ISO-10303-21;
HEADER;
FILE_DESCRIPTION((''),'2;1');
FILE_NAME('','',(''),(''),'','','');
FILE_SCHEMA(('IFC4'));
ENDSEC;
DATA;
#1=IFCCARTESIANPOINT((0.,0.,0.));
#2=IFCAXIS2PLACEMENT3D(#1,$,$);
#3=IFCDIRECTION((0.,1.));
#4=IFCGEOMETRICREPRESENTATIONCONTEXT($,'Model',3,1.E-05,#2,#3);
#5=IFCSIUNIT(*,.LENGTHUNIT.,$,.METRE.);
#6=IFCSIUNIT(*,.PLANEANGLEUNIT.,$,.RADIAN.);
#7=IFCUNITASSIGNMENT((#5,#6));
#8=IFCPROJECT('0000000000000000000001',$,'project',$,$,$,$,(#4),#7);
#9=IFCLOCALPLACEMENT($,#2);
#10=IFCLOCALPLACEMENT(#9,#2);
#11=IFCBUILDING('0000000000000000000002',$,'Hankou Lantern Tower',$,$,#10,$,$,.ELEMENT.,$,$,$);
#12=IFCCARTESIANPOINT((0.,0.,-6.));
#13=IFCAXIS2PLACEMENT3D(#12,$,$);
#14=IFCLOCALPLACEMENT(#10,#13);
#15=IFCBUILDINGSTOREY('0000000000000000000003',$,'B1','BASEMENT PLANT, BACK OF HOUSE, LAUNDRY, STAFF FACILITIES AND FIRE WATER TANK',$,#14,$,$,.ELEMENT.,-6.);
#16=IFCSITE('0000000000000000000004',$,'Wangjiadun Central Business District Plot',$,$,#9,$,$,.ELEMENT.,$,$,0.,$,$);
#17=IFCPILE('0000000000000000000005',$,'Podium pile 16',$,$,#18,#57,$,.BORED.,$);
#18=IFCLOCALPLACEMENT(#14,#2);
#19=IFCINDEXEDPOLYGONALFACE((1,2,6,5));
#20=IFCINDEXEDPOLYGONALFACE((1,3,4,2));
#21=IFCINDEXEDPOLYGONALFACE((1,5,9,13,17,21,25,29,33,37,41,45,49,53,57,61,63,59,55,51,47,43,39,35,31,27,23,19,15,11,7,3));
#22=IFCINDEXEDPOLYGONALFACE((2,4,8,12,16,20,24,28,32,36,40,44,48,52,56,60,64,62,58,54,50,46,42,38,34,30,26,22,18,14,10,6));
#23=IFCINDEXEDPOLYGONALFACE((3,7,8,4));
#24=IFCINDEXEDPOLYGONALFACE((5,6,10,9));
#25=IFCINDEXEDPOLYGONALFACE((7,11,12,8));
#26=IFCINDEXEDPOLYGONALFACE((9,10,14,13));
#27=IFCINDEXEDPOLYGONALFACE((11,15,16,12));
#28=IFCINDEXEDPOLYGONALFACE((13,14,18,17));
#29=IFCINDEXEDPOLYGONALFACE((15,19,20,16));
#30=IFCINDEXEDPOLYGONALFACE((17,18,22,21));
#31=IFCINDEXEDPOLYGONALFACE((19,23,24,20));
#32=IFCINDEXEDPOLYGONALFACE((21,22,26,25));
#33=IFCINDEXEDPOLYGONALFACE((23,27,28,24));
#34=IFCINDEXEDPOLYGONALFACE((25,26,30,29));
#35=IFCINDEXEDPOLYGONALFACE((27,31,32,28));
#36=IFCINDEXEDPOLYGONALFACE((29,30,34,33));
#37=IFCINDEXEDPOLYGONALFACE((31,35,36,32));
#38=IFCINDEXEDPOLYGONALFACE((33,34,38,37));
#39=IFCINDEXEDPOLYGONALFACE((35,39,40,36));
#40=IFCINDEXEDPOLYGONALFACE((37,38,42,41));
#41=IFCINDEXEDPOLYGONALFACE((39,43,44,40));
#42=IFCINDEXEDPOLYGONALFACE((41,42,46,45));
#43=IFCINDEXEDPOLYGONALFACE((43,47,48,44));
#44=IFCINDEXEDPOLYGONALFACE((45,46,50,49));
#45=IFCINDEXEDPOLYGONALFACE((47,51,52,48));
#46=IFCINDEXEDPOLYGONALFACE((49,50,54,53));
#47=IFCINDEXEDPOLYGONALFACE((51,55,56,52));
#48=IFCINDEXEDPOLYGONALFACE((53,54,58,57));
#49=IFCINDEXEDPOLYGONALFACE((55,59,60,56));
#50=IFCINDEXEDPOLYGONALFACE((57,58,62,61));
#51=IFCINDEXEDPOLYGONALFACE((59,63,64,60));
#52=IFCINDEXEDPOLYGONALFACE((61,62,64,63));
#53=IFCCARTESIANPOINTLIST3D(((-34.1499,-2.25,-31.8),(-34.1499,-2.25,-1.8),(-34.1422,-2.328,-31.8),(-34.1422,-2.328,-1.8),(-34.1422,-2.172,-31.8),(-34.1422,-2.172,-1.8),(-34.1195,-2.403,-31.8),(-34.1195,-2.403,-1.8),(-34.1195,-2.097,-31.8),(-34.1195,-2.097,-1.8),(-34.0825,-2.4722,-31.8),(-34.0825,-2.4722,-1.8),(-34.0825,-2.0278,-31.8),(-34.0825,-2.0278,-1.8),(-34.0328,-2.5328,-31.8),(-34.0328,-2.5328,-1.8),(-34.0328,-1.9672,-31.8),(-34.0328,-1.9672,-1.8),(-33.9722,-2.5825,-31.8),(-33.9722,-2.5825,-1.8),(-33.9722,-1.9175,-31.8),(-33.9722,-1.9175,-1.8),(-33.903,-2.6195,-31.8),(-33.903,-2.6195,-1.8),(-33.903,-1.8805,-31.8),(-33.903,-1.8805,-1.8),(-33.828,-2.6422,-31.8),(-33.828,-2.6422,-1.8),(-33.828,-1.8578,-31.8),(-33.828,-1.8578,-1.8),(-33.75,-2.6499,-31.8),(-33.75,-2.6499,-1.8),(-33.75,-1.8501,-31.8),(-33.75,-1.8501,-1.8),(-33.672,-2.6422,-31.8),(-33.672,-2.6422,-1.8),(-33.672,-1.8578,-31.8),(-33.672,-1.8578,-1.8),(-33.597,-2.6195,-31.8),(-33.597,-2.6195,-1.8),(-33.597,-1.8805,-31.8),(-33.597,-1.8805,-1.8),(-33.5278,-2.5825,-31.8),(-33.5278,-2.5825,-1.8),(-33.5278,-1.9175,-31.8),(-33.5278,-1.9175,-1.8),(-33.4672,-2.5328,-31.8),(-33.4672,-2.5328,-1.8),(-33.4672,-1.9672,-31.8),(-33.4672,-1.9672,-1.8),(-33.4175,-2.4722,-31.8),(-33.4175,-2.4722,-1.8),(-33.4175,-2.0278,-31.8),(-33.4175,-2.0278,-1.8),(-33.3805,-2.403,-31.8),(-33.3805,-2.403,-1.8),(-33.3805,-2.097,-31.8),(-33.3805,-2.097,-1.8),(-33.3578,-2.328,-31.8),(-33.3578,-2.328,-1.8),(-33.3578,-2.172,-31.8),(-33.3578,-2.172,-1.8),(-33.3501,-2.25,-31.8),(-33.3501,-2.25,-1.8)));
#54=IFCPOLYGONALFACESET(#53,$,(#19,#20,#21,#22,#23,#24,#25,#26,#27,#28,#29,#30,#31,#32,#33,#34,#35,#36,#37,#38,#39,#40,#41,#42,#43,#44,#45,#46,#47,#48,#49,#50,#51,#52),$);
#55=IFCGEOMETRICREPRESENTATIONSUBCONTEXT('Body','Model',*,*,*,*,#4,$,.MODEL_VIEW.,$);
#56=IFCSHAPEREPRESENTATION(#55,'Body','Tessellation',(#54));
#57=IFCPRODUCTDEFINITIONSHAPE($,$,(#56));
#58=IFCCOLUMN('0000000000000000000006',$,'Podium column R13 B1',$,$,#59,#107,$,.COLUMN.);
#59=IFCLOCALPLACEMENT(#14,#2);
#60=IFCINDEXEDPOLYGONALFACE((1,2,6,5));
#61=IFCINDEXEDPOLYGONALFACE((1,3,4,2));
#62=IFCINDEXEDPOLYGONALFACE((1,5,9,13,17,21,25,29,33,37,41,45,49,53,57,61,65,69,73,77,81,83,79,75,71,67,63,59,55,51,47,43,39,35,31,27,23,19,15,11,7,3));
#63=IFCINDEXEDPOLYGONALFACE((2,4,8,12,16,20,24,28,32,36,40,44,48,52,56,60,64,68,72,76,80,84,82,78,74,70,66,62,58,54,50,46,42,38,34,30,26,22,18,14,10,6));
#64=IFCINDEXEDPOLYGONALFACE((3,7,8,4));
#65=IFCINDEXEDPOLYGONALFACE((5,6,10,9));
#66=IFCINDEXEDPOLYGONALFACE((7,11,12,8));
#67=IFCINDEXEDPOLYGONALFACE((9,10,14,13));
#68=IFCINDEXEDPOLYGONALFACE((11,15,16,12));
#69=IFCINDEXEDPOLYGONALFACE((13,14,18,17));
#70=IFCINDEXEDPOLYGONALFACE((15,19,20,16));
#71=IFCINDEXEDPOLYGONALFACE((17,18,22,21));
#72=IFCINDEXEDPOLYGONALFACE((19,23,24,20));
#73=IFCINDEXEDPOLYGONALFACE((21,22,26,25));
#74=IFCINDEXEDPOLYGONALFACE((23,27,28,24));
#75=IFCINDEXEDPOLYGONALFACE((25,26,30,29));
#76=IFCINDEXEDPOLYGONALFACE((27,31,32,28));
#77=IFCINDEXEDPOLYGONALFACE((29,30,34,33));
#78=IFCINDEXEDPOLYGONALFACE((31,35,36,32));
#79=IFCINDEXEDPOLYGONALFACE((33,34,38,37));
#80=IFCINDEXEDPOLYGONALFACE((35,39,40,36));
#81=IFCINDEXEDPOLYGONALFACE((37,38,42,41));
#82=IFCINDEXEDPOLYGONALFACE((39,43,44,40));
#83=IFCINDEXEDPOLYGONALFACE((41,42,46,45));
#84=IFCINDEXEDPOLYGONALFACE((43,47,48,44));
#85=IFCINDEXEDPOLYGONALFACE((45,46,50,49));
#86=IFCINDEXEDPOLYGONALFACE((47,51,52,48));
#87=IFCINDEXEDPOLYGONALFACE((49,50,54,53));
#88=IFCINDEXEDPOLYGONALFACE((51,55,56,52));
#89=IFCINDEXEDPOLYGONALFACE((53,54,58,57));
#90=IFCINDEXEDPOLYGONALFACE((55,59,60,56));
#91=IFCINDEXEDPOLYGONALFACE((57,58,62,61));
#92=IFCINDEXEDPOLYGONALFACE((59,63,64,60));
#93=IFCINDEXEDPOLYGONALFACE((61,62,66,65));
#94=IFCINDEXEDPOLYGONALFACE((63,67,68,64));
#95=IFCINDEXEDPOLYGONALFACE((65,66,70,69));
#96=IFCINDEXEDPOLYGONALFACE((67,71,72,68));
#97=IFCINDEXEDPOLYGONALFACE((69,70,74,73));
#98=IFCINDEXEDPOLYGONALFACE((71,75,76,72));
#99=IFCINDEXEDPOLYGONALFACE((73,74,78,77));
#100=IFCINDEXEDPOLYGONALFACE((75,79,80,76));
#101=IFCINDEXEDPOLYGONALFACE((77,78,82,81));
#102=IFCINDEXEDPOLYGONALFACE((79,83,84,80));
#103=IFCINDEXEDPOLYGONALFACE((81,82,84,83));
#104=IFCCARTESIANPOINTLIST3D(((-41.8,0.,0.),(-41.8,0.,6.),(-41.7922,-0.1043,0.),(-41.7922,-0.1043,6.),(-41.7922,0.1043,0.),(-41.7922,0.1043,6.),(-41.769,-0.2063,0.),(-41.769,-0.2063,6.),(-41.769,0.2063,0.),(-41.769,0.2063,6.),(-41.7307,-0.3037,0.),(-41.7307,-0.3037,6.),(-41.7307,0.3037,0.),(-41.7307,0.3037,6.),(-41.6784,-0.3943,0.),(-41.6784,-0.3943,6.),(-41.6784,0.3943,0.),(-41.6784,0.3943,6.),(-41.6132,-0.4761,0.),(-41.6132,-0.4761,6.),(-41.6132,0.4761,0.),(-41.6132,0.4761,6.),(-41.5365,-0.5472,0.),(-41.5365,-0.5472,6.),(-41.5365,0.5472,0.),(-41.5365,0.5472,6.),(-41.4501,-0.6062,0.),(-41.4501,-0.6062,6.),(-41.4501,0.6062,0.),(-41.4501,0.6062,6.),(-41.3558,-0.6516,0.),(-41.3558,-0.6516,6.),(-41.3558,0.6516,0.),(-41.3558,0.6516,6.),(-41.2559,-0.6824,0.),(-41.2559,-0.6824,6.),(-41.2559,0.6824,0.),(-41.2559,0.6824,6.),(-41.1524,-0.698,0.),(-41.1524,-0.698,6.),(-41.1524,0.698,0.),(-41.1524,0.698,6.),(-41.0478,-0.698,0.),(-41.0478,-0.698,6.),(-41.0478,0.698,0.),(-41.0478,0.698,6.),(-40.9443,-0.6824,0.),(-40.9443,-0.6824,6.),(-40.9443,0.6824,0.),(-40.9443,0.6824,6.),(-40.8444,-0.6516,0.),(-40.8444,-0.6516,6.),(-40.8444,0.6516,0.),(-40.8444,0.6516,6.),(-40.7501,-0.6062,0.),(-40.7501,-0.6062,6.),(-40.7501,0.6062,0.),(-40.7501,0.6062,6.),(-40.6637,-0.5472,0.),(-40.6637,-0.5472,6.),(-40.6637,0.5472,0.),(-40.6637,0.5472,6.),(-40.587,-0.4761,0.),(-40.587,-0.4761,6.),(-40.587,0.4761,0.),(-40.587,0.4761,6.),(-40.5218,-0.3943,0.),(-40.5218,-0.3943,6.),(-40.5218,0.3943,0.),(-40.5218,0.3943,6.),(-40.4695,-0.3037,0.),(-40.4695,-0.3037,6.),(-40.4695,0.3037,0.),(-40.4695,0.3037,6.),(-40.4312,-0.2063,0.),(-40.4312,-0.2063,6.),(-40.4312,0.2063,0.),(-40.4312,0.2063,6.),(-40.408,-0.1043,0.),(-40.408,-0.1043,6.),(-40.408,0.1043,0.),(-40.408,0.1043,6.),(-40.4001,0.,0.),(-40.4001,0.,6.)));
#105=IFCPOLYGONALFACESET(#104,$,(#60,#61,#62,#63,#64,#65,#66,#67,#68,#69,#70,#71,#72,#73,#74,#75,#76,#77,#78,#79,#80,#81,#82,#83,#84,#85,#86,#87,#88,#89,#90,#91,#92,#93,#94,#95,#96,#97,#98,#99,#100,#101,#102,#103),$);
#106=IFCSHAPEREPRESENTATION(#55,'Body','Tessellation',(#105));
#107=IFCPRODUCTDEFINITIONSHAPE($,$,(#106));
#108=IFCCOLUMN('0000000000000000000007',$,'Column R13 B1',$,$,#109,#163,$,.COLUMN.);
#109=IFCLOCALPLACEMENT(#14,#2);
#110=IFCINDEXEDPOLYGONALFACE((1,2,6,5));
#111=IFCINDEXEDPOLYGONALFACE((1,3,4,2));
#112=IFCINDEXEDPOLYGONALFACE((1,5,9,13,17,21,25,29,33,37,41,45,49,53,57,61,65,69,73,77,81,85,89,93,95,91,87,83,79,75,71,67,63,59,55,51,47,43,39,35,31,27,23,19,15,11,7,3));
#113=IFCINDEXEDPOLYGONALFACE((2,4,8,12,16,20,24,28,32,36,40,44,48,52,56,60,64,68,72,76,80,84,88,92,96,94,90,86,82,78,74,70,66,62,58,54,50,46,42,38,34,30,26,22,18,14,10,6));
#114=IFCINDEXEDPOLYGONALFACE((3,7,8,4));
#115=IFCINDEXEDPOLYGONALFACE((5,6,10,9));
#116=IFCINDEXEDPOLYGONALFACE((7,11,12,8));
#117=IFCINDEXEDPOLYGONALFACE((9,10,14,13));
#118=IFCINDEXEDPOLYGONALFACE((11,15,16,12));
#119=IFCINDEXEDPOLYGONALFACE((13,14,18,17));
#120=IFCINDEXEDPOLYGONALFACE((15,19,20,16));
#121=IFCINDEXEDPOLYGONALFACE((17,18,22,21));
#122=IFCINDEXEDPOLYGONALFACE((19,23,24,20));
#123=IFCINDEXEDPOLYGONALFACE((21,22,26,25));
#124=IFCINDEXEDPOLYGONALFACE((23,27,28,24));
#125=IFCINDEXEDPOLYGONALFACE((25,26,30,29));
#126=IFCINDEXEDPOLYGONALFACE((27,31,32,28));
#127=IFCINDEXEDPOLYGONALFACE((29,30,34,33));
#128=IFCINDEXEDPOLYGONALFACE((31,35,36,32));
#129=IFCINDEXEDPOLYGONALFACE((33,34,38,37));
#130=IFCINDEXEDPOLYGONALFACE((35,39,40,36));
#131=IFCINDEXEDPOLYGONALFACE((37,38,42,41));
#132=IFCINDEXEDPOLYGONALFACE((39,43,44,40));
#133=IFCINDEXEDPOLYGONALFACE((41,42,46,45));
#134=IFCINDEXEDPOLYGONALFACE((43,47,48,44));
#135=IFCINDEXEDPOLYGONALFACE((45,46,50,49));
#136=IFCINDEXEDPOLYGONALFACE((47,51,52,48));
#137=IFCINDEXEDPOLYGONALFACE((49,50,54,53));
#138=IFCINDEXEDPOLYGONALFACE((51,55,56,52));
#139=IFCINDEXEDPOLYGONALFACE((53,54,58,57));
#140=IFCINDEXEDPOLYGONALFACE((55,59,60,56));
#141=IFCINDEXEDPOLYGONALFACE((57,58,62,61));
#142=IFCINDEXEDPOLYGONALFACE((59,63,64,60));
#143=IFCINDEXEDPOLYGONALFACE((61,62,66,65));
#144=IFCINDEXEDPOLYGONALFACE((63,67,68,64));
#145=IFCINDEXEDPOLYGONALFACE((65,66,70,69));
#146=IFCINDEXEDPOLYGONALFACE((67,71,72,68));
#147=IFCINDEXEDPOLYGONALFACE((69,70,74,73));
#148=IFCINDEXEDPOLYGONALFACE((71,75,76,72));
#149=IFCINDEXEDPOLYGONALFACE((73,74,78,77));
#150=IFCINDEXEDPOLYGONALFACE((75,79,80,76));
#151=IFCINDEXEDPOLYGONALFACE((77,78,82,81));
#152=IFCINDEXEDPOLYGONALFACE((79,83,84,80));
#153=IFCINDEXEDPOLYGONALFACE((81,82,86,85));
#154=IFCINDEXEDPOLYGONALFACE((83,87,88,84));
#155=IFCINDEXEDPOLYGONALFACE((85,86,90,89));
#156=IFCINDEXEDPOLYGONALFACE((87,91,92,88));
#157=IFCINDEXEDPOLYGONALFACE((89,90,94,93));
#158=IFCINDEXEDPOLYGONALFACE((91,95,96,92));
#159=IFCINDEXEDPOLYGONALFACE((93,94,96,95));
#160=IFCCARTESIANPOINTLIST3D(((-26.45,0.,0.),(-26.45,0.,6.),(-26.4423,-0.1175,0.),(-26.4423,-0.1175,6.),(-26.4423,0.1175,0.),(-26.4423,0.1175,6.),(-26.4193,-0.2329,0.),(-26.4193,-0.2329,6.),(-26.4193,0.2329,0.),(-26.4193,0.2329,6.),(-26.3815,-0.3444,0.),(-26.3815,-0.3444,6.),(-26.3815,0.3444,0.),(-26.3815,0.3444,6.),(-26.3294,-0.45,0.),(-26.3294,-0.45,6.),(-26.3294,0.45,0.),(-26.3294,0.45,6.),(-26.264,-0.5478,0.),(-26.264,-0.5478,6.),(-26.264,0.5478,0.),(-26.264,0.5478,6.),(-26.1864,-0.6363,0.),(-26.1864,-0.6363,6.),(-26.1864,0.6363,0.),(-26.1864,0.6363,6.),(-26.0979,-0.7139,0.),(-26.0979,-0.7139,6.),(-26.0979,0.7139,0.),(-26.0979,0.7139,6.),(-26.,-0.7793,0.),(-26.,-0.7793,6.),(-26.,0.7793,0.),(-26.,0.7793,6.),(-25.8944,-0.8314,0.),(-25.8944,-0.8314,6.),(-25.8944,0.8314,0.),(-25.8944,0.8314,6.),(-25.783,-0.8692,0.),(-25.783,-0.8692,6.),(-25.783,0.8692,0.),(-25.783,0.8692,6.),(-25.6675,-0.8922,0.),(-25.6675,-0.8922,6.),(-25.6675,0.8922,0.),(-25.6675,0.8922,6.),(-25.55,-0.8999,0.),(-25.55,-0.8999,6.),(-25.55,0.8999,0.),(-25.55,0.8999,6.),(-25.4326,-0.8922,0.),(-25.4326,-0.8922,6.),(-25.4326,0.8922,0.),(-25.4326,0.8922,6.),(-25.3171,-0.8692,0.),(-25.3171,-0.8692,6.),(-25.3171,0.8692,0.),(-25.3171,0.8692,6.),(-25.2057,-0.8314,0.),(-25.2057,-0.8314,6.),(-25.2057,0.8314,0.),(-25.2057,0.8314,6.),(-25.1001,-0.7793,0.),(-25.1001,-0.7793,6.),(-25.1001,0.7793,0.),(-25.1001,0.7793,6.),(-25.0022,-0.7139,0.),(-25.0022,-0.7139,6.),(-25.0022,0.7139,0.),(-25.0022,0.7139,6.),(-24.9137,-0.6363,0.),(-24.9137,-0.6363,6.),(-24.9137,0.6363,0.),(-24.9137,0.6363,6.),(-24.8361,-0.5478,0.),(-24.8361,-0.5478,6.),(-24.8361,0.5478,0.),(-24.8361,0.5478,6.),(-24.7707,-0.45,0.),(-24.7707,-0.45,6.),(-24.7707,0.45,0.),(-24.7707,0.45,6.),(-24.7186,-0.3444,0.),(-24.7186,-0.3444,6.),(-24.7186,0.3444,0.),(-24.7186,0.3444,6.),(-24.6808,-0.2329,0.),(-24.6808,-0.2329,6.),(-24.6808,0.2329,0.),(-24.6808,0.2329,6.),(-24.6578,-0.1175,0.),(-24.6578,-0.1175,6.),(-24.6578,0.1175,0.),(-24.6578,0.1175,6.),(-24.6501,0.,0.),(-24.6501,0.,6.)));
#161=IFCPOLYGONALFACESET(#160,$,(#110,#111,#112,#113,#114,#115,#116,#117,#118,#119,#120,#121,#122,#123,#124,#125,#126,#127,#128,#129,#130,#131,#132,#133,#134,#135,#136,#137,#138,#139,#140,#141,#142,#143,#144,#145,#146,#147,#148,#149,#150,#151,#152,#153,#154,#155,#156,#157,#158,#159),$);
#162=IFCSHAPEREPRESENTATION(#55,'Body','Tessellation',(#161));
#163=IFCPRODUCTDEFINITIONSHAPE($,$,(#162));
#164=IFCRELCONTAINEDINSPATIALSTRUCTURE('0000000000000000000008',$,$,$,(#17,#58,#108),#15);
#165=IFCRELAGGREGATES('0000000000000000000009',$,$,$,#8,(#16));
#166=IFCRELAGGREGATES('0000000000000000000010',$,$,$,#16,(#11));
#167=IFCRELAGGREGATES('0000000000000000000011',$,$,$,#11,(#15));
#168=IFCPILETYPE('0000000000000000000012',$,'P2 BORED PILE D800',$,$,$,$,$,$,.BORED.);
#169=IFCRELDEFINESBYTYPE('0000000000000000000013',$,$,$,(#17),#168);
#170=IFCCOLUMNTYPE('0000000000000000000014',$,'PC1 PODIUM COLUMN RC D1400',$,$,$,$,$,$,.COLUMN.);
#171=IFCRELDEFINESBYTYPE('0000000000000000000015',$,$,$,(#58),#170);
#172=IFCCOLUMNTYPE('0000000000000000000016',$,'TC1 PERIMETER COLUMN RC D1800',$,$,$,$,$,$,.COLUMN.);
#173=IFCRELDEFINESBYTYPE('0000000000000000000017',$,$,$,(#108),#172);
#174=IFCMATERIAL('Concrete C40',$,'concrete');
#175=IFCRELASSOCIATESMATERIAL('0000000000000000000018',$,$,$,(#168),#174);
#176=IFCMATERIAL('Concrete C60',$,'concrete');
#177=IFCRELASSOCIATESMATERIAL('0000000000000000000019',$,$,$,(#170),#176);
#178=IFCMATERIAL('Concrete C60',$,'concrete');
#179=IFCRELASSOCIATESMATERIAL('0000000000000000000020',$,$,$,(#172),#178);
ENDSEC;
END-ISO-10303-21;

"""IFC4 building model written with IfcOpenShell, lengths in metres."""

from ifc_helpers import new_model, si_unit, direction, frame, origin, origin_2d, place, context, subcontext, project, spatial, circle, extrude, material, material_profile, profile_set, type_object, element, save


model = new_model("IFC4")

# Units and contexts
model_context = context("Model", 3, precision=1e-05, world=origin(), true_north=direction((0.0, 1.0)))
body_context = subcontext(model_context, "Body", "Model", "MODEL_VIEW")
ifc_project = project(units=[si_unit("LENGTHUNIT", "METRE"), si_unit("PLANEANGLEUNIT", "RADIAN")], contexts=[model_context])

# Site, building, storey
site_placement = place(None, origin())
site = spatial("IfcSite", under=ifc_project, at=site_placement, Name="Wangjiadun Central Business District Plot", CompositionType="ELEMENT", RefElevation=0.0)
building_placement = place(site_placement, origin())
building = spatial("IfcBuilding", under=site, at=building_placement, Name="Hankou Lantern Tower", CompositionType="ELEMENT")
storey_placement = place(building_placement, frame((0.0, 0.0, -6.0)))
storey = spatial("IfcBuildingStorey", under=building, at=storey_placement, Name="B1", Description="BASEMENT PLANT, BACK OF HOUSE, LAUNDRY, STAFF FACILITIES AND FIRE WATER TANK", CompositionType="ELEMENT", Elevation=-6.0)

# Pile
ifc_material_1 = material(Name="Concrete C40", Category="concrete")
ifc_material_profile_1 = material_profile(ifc_material_1, circle(Radius=0.3999, at=origin_2d()), Name="RC D800")
ifc_profile_set_1 = profile_set([ifc_material_profile_1], Name="Concrete C40")
pile_type_1 = type_object("IfcPileType", Name="P2 BORED PILE D800", PredefinedType="BORED", material=ifc_profile_set_1)
for number, where, z_axis, x_axis, name in (
    (1, (-33.75, -2.25, -1.8), (0.0, 0.0, -1.0), (1.0, 0.0, 0.0), "Podium pile 16"),
):
    element("IfcPile", number, at=place(storey_placement, frame(where, z_axis=z_axis, x_axis=x_axis)), inside=storey, type_object=pile_type_1, Name=name, PredefinedType="BORED", context=body_context, shape_type="SweptSolid", body=[
        extrude(circle(Radius=0.3999, at=origin_2d()), origin(), (0.0, 0.0, 1.0), 30.0),
    ])

# Columns
ifc_material_2 = material(Name="Concrete C60", Category="concrete")
ifc_material_profile_2 = material_profile(ifc_material_2, circle(Radius=0.7, at=origin_2d()), Name="RC D1400")
ifc_profile_set_2 = profile_set([ifc_material_profile_2], Name="Concrete C60")
column_type_1 = type_object("IfcColumnType", Name="PC1 PODIUM COLUMN RC D1400", PredefinedType="COLUMN", material=ifc_profile_set_2)
column_placement = place(storey_placement, frame((-41.1001, 0.0, 0.0), z_axis=(0.0, 0.0, 1.0), x_axis=(1.0, 0.0, 0.0)))
element("IfcColumn", 2, at=column_placement, inside=storey, type_object=column_type_1, Name="Podium column R13 B1", PredefinedType="COLUMN", context=body_context, shape_type="SweptSolid", body=[
    extrude(circle(Radius=0.7, at=origin_2d()), origin(), (0.0, 0.0, 1.0), 6.0),
])
ifc_material_3 = material(Name="Concrete C60", Category="concrete")
ifc_material_profile_3 = material_profile(ifc_material_3, circle(Radius=0.8999, at=origin_2d()), Name="RC D1800")
ifc_profile_set_3 = profile_set([ifc_material_profile_3], Name="Concrete C60")
column_type_2 = type_object("IfcColumnType", Name="TC1 PERIMETER COLUMN RC D1800", PredefinedType="COLUMN", material=ifc_profile_set_3)
for number, where, z_axis, x_axis, name in (
    (3, (-25.55, 0.0, 0.0), (0.0, 0.0, 1.0), (1.0, 0.0, 0.0), "Column R13 B1"),
):
    element("IfcColumn", number, at=place(storey_placement, frame(where, z_axis=z_axis, x_axis=x_axis)), inside=storey, type_object=column_type_2, Name=name, PredefinedType="COLUMN", context=body_context, shape_type="SweptSolid", body=[
        extrude(circle(Radius=0.8999, at=origin_2d()), origin(), (0.0, 0.0, 1.0), 6.0),
    ])

save(model, "model.ifc")
